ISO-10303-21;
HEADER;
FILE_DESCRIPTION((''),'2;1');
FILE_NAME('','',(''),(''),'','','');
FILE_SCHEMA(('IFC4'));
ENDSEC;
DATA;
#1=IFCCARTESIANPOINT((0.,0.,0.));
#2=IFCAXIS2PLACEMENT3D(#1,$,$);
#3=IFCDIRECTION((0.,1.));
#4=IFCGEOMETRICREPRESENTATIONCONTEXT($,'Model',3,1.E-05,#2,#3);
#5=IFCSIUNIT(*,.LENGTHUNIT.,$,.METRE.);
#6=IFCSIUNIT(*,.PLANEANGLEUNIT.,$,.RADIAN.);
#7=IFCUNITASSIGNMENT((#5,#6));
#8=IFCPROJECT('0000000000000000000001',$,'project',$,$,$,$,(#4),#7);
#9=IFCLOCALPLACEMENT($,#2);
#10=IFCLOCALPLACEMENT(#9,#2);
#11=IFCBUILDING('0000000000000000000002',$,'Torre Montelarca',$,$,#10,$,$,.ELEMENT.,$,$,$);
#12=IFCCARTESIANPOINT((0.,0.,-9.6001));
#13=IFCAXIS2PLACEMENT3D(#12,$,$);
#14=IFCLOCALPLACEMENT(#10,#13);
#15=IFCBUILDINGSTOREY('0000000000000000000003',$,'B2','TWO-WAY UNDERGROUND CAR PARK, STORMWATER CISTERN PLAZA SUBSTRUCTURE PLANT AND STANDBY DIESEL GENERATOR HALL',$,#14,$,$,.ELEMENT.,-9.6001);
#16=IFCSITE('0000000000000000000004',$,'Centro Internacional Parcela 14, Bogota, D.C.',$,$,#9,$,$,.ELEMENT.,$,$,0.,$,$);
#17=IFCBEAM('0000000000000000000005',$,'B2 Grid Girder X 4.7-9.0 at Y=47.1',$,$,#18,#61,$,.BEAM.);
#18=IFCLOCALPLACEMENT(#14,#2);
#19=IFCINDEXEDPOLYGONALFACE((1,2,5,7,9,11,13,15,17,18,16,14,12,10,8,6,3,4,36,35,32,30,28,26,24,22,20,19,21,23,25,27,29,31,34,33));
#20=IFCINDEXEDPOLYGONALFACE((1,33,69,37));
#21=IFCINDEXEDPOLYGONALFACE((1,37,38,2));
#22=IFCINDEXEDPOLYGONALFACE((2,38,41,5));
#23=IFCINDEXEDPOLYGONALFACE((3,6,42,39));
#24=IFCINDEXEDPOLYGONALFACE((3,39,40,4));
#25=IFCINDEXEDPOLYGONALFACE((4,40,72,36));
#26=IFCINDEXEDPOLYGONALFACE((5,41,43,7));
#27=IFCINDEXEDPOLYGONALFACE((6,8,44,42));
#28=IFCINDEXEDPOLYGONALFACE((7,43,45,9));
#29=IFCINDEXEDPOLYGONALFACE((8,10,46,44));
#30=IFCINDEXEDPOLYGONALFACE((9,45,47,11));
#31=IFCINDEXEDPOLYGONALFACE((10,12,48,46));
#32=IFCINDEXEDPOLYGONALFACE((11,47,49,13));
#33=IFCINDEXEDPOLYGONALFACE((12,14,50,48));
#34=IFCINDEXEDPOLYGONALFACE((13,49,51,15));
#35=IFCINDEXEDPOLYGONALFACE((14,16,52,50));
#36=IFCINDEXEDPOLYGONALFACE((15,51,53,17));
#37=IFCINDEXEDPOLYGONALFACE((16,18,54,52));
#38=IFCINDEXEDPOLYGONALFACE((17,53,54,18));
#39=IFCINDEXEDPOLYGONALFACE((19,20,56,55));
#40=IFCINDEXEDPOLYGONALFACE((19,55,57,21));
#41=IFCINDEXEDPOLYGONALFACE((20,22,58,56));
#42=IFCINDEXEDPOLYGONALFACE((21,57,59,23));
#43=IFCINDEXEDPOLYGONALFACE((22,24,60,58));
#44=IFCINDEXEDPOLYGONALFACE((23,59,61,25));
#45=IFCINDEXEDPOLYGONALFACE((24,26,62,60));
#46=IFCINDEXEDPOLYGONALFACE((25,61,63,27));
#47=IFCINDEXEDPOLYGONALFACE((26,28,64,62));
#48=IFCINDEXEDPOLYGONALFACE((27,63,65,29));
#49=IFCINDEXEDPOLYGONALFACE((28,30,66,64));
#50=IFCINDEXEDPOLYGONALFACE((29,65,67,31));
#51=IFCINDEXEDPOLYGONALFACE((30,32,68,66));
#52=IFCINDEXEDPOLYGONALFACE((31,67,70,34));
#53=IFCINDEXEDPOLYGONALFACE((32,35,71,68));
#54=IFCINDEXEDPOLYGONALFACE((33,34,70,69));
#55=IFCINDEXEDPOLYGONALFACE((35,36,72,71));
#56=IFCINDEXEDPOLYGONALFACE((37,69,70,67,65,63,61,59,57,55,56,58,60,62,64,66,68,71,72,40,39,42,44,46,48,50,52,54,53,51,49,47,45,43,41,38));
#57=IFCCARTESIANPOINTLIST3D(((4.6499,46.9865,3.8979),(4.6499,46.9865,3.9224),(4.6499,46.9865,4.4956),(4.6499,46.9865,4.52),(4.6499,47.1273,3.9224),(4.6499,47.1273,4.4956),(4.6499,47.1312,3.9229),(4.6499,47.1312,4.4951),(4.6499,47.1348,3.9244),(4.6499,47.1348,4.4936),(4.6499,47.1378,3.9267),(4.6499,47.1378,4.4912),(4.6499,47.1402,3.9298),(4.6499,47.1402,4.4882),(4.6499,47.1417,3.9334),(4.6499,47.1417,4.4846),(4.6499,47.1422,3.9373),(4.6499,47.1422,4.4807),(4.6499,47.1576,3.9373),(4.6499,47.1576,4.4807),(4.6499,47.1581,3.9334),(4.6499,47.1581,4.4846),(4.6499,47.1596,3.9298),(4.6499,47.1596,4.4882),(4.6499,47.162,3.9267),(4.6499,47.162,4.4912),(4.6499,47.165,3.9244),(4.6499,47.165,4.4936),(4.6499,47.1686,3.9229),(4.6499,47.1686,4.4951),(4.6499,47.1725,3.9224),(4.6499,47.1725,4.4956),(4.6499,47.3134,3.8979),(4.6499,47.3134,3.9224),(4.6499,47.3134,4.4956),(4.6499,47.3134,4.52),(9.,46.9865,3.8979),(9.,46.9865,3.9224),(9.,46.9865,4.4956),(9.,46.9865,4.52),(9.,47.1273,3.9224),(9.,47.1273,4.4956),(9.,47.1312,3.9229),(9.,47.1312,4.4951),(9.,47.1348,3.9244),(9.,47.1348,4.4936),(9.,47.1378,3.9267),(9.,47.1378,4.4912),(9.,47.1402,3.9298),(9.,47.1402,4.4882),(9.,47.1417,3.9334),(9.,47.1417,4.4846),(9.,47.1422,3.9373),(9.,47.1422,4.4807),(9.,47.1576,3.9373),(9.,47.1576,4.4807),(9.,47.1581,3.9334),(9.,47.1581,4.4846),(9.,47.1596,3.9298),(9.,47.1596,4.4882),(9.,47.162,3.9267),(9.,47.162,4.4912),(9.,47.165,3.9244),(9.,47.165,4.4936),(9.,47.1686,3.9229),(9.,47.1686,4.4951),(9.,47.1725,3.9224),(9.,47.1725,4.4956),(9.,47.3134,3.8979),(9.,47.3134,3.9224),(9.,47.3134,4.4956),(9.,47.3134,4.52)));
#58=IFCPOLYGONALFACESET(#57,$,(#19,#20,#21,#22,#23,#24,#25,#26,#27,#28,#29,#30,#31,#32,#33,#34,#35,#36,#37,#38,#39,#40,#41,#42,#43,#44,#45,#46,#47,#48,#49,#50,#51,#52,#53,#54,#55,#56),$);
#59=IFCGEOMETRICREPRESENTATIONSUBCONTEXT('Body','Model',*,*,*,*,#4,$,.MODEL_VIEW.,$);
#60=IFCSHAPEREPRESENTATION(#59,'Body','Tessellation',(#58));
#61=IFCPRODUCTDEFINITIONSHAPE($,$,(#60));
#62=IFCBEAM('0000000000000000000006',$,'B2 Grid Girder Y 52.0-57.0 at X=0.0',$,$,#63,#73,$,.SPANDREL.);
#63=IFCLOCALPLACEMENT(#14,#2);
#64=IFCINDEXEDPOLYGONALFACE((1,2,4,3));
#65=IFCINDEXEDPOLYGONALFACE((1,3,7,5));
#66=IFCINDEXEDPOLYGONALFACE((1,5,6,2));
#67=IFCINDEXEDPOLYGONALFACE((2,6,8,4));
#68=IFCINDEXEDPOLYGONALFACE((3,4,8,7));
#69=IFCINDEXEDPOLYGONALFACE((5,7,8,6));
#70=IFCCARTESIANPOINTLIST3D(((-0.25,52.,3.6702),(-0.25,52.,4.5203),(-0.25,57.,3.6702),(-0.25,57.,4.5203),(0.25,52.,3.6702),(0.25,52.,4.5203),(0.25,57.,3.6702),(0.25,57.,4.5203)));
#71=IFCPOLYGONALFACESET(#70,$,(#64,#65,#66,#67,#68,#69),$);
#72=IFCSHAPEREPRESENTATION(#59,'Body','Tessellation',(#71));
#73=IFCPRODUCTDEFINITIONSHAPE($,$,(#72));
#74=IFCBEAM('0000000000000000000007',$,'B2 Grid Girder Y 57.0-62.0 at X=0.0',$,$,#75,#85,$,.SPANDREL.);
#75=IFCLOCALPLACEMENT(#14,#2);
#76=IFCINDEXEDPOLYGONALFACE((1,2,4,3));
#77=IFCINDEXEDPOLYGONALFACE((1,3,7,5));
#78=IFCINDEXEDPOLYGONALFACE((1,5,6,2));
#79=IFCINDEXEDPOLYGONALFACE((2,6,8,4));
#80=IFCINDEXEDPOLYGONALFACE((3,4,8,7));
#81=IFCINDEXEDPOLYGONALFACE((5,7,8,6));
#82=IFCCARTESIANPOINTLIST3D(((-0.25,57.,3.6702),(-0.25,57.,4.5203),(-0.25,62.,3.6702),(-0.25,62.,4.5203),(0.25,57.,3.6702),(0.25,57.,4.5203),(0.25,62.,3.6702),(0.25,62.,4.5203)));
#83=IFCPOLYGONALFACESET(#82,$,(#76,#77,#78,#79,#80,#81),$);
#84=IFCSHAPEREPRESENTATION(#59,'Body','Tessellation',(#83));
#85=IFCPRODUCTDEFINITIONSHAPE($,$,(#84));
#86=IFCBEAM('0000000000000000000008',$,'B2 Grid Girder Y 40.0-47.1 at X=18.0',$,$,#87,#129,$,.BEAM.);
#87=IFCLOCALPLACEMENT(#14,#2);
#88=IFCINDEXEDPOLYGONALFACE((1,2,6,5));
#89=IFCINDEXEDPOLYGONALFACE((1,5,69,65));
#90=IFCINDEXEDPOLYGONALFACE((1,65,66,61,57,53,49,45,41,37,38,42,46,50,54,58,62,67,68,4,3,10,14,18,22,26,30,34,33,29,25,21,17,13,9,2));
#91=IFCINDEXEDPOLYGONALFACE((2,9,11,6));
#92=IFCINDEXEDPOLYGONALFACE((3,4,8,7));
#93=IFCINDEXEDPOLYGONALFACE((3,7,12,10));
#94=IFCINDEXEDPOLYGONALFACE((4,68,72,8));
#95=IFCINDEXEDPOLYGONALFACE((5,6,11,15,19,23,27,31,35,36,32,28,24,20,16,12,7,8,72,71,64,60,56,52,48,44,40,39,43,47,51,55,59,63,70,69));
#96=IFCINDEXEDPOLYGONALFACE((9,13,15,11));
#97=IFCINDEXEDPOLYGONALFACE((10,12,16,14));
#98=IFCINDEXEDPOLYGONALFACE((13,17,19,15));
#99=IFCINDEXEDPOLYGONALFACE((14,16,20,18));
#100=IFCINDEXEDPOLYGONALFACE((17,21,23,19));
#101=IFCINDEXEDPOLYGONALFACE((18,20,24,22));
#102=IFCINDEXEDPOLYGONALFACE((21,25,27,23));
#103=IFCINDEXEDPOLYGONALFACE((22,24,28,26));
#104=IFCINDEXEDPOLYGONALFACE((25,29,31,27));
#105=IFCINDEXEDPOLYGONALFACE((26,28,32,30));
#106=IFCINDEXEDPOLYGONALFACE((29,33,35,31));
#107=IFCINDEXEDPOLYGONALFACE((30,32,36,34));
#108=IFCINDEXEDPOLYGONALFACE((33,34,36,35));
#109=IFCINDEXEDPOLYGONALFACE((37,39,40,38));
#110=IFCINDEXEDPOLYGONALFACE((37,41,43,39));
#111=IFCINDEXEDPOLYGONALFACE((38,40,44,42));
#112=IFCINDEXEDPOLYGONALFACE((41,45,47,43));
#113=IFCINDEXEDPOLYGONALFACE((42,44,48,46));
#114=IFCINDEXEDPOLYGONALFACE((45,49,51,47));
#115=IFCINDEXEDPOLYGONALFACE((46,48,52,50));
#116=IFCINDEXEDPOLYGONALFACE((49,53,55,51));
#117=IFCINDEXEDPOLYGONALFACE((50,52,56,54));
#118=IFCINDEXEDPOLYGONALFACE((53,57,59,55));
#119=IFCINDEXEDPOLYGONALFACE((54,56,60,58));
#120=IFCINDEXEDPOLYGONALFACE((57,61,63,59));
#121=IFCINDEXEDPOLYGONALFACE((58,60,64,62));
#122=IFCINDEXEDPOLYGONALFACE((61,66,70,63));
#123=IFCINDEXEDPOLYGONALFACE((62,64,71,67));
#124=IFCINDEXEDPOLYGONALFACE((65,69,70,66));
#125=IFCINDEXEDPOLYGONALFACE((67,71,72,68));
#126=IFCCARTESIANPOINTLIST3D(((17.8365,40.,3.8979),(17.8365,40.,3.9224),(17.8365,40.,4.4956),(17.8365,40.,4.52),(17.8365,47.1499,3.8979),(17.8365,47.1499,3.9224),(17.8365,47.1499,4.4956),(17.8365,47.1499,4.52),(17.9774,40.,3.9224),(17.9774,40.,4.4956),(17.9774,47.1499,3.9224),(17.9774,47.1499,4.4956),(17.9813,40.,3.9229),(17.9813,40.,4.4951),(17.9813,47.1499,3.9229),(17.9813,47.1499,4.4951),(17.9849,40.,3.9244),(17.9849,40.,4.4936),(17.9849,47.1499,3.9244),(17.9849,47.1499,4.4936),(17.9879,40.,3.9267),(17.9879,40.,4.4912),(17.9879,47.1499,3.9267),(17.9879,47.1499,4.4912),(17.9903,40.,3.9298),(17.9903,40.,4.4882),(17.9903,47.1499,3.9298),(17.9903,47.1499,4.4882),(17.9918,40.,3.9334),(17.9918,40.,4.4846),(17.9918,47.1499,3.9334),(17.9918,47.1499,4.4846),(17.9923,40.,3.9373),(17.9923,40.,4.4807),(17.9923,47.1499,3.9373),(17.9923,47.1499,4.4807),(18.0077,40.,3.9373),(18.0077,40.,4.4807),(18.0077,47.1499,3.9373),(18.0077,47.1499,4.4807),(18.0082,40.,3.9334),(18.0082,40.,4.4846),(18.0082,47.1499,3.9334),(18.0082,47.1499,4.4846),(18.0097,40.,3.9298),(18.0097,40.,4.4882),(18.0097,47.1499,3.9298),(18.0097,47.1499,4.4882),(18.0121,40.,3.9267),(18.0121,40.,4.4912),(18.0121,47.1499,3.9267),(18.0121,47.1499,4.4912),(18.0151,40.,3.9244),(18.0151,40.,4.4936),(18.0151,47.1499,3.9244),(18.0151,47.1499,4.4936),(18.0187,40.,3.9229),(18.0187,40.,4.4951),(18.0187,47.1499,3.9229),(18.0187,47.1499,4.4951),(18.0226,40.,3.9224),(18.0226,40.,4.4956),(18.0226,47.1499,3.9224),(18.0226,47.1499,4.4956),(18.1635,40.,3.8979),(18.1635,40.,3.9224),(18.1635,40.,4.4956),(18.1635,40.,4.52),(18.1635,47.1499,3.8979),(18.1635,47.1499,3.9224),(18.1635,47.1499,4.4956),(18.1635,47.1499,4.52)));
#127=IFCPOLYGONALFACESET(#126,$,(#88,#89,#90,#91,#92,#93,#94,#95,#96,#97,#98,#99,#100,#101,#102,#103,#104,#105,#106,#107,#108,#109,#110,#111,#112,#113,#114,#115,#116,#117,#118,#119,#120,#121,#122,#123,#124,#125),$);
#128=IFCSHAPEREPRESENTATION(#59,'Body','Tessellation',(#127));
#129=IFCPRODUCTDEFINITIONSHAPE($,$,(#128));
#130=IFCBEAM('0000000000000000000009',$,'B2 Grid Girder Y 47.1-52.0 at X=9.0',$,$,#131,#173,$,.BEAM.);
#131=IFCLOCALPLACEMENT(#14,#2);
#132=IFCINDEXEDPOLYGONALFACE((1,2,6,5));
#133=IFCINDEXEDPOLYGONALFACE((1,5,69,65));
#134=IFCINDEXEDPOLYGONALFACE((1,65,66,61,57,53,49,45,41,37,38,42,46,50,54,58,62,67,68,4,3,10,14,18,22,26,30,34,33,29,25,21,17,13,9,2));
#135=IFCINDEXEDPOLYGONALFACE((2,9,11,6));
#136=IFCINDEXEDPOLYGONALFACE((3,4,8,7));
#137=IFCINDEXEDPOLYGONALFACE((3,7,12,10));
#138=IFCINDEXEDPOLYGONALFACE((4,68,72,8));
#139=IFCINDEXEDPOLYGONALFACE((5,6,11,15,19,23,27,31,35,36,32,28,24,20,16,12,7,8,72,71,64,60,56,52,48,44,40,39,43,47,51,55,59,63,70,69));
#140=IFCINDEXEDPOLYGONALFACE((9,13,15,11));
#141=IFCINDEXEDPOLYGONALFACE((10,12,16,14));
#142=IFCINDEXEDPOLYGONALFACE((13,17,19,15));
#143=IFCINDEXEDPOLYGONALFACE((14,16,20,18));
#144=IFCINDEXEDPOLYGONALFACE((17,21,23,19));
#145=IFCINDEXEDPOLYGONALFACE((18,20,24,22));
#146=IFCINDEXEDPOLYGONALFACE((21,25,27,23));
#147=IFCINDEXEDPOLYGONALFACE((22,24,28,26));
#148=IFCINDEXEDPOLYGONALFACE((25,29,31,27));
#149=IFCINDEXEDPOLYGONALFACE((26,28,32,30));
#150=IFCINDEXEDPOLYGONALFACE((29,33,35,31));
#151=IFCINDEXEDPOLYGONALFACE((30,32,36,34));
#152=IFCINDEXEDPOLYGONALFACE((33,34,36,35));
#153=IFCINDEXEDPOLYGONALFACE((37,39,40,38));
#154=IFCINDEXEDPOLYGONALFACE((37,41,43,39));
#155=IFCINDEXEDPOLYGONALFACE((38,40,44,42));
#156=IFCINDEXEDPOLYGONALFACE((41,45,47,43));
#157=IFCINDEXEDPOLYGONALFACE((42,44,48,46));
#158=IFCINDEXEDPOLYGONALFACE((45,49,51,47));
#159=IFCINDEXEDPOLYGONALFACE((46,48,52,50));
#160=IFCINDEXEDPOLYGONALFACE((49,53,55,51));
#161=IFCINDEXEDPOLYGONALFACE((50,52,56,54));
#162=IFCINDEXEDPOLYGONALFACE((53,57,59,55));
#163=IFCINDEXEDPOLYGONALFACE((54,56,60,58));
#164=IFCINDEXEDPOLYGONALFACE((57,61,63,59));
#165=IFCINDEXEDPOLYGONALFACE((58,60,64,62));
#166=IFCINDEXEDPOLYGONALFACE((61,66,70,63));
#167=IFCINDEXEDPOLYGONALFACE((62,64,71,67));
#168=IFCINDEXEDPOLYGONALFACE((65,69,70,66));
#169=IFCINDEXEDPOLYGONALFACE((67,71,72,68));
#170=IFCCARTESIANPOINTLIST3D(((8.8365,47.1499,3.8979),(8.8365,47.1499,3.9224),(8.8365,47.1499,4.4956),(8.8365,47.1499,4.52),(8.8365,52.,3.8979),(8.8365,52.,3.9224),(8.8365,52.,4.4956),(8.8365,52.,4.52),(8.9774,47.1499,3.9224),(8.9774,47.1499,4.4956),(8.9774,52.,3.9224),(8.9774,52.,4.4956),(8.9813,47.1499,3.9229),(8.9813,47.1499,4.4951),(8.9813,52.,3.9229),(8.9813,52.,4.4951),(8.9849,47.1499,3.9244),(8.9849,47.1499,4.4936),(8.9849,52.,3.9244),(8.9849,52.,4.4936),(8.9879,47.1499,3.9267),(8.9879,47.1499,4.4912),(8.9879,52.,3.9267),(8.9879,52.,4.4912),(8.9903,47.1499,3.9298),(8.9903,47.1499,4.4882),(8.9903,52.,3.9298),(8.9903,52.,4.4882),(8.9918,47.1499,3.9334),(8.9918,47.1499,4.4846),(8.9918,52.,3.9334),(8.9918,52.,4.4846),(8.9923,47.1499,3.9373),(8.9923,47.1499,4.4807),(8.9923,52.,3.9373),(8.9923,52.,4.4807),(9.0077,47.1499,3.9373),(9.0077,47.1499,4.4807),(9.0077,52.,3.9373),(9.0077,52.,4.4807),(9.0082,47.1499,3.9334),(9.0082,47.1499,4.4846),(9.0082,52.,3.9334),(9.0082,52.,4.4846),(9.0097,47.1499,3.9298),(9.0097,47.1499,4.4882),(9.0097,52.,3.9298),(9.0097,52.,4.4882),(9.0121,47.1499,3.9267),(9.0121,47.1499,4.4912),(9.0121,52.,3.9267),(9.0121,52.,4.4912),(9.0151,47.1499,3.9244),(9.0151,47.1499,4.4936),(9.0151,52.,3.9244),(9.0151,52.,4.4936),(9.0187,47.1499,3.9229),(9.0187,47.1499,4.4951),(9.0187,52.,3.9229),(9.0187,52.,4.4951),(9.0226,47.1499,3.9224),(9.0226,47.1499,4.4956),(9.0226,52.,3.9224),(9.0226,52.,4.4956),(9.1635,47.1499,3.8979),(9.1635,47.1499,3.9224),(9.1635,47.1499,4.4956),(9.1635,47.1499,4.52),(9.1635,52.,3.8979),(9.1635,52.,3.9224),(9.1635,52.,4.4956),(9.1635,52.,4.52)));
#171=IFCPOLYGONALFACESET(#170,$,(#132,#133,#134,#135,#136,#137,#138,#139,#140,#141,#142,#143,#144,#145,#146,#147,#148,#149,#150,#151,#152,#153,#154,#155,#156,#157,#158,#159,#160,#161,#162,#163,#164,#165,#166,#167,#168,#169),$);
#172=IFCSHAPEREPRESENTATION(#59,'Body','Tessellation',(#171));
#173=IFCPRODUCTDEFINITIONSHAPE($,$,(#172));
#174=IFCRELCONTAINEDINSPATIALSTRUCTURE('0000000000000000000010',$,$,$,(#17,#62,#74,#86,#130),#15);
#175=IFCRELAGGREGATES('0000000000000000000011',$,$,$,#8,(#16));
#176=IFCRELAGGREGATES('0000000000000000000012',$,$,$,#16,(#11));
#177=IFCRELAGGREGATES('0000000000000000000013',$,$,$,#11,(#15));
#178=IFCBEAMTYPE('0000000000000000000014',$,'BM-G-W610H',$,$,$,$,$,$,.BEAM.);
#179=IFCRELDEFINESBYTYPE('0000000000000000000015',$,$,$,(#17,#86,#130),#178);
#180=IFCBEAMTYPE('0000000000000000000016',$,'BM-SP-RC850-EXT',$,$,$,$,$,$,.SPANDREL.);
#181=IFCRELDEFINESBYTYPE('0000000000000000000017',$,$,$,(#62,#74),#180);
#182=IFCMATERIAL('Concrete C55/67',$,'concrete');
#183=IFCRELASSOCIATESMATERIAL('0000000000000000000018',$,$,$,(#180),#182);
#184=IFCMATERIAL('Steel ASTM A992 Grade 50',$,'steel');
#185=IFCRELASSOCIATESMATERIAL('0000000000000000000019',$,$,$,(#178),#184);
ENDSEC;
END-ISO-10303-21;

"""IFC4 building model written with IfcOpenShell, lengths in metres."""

from ifc_helpers import new_model, si_unit, direction, frame, origin, origin_2d, place, context, subcontext, project, spatial, rectangle, i_section, extrude, source, transform, mapped, material, material_profile, profile_set, type_object, element, save


model = new_model("IFC4")

# Units and contexts
model_context = context("Model", 3, precision=1e-05, world=origin(), true_north=direction((0.0, 1.0)))
body_context = subcontext(model_context, "Body", "Model", "MODEL_VIEW")
ifc_project = project(units=[si_unit("LENGTHUNIT", "METRE"), si_unit("PLANEANGLEUNIT", "RADIAN")], contexts=[model_context])

# Site, building, storey
site_placement = place(None, origin())
site = spatial("IfcSite", under=ifc_project, at=site_placement, Name="Centro Internacional Parcela 14, Bogota, D.C.", CompositionType="ELEMENT", RefElevation=0.0)
building_placement = place(site_placement, origin())
building = spatial("IfcBuilding", under=site, at=building_placement, Name="Torre Montelarca", CompositionType="ELEMENT")
storey_placement = place(building_placement, frame((0.0, 0.0, -9.6001)))
storey = spatial("IfcBuildingStorey", under=building, at=storey_placement, Name="B2", Description="TWO-WAY UNDERGROUND CAR PARK, STORMWATER CISTERN PLAZA SUBSTRUCTURE PLANT AND STANDBY DIESEL GENERATOR HALL", CompositionType="ELEMENT", Elevation=-9.6001)

# Beams
ifc_material_1 = material(Name="Concrete C55/67", Category="concrete")
ifc_material_profile_1 = material_profile(ifc_material_1, rectangle(XDim=0.5, YDim=0.8501, at=origin_2d()), Name="RCB500X850", Category="concrete")
ifc_profile_set_1 = profile_set([ifc_material_profile_1], Name="Concrete C55/67")
beam_type_1 = type_object("IfcBeamType", Name="BM-SP-RC850-EXT", PredefinedType="SPANDREL", material=ifc_profile_set_1)
ifc_material_2 = material(Name="Steel ASTM A992 Grade 50", Category="steel")
ifc_material_profile_2 = material_profile(ifc_material_2, i_section(OverallWidth=0.3269, OverallDepth=0.6221, WebThickness=0.0154, FlangeThickness=0.0244, FilletRadius=0.0149, at=origin_2d()), Name="W610X195", Category="steel")
ifc_profile_set_2 = profile_set([ifc_material_profile_2], Name="Steel ASTM A992 Grade 50")
beam_type_2 = type_object("IfcBeamType", Name="BM-G-W610H", PredefinedType="BEAM", material=ifc_profile_set_2)
shared_shape_1 = source(origin(), body_context, "Body", "SweptSolid", [
    extrude(i_section(OverallWidth=0.3269, OverallDepth=0.6221, WebThickness=0.0154, FlangeThickness=0.0244, FilletRadius=0.0149, at=origin_2d()), origin(), (0.0, 0.0, 1.0), 4.3501),
])
beam_1_placement = place(storey_placement, frame((4.6499, 47.1499, 4.209), z_axis=(1.0, 0.0, 0.0), x_axis=(0.0, 1.0, 0.0)))
element("IfcBeam", 1, at=beam_1_placement, inside=storey, type_object=beam_type_2, Name="B2 Grid Girder X 4.7-9.0 at Y=47.1", PredefinedType="BEAM", context=body_context, shape_type="MappedRepresentation", body=[
    mapped(shared_shape_1, transform((0.0, 0.0, 0.0), scale=1.0)),
])
shared_shape_2 = source(origin(), body_context, "Body", "SweptSolid", [
    extrude(rectangle(XDim=0.5, YDim=0.8501, at=origin_2d()), origin(), (0.0, 0.0, 1.0), 5.0),
])
for number, where, z_axis, x_axis, name in (
    (2, (0.0, 52.0, 4.0952), (0.0, 1.0, 0.0), (-1.0, 0.0, 0.0), "B2 Grid Girder Y 52.0-57.0 at X=0.0"),
    (3, (0.0, 57.0, 4.0952), (0.0, 1.0, 0.0), (-1.0, 0.0, 0.0), "B2 Grid Girder Y 57.0-62.0 at X=0.0"),
):
    element("IfcBeam", number, at=place(storey_placement, frame(where, z_axis=z_axis, x_axis=x_axis)), inside=storey, type_object=beam_type_1, Name=name, PredefinedType="SPANDREL", context=body_context, shape_type="MappedRepresentation", body=[
        mapped(shared_shape_2, transform((0.0, 0.0, 0.0), scale=1.0)),
    ])
shared_shape_3 = source(origin(), body_context, "Body", "SweptSolid", [
    extrude(i_section(OverallWidth=0.3269, OverallDepth=0.6221, WebThickness=0.0154, FlangeThickness=0.0244, FilletRadius=0.0149, at=origin_2d()), origin(), (0.0, 0.0, 1.0), 7.1499),
])
beam_2_placement = place(storey_placement, frame((18.0, 40.0, 4.209), z_axis=(0.0, 1.0, 0.0), x_axis=(-1.0, 0.0, 0.0)))
element("IfcBeam", 4, at=beam_2_placement, inside=storey, type_object=beam_type_2, Name="B2 Grid Girder Y 40.0-47.1 at X=18.0", PredefinedType="BEAM", context=body_context, shape_type="MappedRepresentation", body=[
    mapped(shared_shape_3, transform((0.0, 0.0, 0.0), scale=1.0)),
])
shared_shape_4 = source(origin(), body_context, "Body", "SweptSolid", [
    extrude(i_section(OverallWidth=0.3269, OverallDepth=0.6221, WebThickness=0.0154, FlangeThickness=0.0244, FilletRadius=0.0149, at=origin_2d()), origin(), (0.0, 0.0, 1.0), 4.8501),
])
beam_3_placement = place(storey_placement, frame((9.0, 47.1499, 4.209), z_axis=(0.0, 1.0, 0.0), x_axis=(-1.0, 0.0, 0.0)))
element("IfcBeam", 5, at=beam_3_placement, inside=storey, type_object=beam_type_2, Name="B2 Grid Girder Y 47.1-52.0 at X=9.0", PredefinedType="BEAM", context=body_context, shape_type="MappedRepresentation", body=[
    mapped(shared_shape_4, transform((0.0, 0.0, 0.0), scale=1.0)),
])

save(model, "model.ifc")
